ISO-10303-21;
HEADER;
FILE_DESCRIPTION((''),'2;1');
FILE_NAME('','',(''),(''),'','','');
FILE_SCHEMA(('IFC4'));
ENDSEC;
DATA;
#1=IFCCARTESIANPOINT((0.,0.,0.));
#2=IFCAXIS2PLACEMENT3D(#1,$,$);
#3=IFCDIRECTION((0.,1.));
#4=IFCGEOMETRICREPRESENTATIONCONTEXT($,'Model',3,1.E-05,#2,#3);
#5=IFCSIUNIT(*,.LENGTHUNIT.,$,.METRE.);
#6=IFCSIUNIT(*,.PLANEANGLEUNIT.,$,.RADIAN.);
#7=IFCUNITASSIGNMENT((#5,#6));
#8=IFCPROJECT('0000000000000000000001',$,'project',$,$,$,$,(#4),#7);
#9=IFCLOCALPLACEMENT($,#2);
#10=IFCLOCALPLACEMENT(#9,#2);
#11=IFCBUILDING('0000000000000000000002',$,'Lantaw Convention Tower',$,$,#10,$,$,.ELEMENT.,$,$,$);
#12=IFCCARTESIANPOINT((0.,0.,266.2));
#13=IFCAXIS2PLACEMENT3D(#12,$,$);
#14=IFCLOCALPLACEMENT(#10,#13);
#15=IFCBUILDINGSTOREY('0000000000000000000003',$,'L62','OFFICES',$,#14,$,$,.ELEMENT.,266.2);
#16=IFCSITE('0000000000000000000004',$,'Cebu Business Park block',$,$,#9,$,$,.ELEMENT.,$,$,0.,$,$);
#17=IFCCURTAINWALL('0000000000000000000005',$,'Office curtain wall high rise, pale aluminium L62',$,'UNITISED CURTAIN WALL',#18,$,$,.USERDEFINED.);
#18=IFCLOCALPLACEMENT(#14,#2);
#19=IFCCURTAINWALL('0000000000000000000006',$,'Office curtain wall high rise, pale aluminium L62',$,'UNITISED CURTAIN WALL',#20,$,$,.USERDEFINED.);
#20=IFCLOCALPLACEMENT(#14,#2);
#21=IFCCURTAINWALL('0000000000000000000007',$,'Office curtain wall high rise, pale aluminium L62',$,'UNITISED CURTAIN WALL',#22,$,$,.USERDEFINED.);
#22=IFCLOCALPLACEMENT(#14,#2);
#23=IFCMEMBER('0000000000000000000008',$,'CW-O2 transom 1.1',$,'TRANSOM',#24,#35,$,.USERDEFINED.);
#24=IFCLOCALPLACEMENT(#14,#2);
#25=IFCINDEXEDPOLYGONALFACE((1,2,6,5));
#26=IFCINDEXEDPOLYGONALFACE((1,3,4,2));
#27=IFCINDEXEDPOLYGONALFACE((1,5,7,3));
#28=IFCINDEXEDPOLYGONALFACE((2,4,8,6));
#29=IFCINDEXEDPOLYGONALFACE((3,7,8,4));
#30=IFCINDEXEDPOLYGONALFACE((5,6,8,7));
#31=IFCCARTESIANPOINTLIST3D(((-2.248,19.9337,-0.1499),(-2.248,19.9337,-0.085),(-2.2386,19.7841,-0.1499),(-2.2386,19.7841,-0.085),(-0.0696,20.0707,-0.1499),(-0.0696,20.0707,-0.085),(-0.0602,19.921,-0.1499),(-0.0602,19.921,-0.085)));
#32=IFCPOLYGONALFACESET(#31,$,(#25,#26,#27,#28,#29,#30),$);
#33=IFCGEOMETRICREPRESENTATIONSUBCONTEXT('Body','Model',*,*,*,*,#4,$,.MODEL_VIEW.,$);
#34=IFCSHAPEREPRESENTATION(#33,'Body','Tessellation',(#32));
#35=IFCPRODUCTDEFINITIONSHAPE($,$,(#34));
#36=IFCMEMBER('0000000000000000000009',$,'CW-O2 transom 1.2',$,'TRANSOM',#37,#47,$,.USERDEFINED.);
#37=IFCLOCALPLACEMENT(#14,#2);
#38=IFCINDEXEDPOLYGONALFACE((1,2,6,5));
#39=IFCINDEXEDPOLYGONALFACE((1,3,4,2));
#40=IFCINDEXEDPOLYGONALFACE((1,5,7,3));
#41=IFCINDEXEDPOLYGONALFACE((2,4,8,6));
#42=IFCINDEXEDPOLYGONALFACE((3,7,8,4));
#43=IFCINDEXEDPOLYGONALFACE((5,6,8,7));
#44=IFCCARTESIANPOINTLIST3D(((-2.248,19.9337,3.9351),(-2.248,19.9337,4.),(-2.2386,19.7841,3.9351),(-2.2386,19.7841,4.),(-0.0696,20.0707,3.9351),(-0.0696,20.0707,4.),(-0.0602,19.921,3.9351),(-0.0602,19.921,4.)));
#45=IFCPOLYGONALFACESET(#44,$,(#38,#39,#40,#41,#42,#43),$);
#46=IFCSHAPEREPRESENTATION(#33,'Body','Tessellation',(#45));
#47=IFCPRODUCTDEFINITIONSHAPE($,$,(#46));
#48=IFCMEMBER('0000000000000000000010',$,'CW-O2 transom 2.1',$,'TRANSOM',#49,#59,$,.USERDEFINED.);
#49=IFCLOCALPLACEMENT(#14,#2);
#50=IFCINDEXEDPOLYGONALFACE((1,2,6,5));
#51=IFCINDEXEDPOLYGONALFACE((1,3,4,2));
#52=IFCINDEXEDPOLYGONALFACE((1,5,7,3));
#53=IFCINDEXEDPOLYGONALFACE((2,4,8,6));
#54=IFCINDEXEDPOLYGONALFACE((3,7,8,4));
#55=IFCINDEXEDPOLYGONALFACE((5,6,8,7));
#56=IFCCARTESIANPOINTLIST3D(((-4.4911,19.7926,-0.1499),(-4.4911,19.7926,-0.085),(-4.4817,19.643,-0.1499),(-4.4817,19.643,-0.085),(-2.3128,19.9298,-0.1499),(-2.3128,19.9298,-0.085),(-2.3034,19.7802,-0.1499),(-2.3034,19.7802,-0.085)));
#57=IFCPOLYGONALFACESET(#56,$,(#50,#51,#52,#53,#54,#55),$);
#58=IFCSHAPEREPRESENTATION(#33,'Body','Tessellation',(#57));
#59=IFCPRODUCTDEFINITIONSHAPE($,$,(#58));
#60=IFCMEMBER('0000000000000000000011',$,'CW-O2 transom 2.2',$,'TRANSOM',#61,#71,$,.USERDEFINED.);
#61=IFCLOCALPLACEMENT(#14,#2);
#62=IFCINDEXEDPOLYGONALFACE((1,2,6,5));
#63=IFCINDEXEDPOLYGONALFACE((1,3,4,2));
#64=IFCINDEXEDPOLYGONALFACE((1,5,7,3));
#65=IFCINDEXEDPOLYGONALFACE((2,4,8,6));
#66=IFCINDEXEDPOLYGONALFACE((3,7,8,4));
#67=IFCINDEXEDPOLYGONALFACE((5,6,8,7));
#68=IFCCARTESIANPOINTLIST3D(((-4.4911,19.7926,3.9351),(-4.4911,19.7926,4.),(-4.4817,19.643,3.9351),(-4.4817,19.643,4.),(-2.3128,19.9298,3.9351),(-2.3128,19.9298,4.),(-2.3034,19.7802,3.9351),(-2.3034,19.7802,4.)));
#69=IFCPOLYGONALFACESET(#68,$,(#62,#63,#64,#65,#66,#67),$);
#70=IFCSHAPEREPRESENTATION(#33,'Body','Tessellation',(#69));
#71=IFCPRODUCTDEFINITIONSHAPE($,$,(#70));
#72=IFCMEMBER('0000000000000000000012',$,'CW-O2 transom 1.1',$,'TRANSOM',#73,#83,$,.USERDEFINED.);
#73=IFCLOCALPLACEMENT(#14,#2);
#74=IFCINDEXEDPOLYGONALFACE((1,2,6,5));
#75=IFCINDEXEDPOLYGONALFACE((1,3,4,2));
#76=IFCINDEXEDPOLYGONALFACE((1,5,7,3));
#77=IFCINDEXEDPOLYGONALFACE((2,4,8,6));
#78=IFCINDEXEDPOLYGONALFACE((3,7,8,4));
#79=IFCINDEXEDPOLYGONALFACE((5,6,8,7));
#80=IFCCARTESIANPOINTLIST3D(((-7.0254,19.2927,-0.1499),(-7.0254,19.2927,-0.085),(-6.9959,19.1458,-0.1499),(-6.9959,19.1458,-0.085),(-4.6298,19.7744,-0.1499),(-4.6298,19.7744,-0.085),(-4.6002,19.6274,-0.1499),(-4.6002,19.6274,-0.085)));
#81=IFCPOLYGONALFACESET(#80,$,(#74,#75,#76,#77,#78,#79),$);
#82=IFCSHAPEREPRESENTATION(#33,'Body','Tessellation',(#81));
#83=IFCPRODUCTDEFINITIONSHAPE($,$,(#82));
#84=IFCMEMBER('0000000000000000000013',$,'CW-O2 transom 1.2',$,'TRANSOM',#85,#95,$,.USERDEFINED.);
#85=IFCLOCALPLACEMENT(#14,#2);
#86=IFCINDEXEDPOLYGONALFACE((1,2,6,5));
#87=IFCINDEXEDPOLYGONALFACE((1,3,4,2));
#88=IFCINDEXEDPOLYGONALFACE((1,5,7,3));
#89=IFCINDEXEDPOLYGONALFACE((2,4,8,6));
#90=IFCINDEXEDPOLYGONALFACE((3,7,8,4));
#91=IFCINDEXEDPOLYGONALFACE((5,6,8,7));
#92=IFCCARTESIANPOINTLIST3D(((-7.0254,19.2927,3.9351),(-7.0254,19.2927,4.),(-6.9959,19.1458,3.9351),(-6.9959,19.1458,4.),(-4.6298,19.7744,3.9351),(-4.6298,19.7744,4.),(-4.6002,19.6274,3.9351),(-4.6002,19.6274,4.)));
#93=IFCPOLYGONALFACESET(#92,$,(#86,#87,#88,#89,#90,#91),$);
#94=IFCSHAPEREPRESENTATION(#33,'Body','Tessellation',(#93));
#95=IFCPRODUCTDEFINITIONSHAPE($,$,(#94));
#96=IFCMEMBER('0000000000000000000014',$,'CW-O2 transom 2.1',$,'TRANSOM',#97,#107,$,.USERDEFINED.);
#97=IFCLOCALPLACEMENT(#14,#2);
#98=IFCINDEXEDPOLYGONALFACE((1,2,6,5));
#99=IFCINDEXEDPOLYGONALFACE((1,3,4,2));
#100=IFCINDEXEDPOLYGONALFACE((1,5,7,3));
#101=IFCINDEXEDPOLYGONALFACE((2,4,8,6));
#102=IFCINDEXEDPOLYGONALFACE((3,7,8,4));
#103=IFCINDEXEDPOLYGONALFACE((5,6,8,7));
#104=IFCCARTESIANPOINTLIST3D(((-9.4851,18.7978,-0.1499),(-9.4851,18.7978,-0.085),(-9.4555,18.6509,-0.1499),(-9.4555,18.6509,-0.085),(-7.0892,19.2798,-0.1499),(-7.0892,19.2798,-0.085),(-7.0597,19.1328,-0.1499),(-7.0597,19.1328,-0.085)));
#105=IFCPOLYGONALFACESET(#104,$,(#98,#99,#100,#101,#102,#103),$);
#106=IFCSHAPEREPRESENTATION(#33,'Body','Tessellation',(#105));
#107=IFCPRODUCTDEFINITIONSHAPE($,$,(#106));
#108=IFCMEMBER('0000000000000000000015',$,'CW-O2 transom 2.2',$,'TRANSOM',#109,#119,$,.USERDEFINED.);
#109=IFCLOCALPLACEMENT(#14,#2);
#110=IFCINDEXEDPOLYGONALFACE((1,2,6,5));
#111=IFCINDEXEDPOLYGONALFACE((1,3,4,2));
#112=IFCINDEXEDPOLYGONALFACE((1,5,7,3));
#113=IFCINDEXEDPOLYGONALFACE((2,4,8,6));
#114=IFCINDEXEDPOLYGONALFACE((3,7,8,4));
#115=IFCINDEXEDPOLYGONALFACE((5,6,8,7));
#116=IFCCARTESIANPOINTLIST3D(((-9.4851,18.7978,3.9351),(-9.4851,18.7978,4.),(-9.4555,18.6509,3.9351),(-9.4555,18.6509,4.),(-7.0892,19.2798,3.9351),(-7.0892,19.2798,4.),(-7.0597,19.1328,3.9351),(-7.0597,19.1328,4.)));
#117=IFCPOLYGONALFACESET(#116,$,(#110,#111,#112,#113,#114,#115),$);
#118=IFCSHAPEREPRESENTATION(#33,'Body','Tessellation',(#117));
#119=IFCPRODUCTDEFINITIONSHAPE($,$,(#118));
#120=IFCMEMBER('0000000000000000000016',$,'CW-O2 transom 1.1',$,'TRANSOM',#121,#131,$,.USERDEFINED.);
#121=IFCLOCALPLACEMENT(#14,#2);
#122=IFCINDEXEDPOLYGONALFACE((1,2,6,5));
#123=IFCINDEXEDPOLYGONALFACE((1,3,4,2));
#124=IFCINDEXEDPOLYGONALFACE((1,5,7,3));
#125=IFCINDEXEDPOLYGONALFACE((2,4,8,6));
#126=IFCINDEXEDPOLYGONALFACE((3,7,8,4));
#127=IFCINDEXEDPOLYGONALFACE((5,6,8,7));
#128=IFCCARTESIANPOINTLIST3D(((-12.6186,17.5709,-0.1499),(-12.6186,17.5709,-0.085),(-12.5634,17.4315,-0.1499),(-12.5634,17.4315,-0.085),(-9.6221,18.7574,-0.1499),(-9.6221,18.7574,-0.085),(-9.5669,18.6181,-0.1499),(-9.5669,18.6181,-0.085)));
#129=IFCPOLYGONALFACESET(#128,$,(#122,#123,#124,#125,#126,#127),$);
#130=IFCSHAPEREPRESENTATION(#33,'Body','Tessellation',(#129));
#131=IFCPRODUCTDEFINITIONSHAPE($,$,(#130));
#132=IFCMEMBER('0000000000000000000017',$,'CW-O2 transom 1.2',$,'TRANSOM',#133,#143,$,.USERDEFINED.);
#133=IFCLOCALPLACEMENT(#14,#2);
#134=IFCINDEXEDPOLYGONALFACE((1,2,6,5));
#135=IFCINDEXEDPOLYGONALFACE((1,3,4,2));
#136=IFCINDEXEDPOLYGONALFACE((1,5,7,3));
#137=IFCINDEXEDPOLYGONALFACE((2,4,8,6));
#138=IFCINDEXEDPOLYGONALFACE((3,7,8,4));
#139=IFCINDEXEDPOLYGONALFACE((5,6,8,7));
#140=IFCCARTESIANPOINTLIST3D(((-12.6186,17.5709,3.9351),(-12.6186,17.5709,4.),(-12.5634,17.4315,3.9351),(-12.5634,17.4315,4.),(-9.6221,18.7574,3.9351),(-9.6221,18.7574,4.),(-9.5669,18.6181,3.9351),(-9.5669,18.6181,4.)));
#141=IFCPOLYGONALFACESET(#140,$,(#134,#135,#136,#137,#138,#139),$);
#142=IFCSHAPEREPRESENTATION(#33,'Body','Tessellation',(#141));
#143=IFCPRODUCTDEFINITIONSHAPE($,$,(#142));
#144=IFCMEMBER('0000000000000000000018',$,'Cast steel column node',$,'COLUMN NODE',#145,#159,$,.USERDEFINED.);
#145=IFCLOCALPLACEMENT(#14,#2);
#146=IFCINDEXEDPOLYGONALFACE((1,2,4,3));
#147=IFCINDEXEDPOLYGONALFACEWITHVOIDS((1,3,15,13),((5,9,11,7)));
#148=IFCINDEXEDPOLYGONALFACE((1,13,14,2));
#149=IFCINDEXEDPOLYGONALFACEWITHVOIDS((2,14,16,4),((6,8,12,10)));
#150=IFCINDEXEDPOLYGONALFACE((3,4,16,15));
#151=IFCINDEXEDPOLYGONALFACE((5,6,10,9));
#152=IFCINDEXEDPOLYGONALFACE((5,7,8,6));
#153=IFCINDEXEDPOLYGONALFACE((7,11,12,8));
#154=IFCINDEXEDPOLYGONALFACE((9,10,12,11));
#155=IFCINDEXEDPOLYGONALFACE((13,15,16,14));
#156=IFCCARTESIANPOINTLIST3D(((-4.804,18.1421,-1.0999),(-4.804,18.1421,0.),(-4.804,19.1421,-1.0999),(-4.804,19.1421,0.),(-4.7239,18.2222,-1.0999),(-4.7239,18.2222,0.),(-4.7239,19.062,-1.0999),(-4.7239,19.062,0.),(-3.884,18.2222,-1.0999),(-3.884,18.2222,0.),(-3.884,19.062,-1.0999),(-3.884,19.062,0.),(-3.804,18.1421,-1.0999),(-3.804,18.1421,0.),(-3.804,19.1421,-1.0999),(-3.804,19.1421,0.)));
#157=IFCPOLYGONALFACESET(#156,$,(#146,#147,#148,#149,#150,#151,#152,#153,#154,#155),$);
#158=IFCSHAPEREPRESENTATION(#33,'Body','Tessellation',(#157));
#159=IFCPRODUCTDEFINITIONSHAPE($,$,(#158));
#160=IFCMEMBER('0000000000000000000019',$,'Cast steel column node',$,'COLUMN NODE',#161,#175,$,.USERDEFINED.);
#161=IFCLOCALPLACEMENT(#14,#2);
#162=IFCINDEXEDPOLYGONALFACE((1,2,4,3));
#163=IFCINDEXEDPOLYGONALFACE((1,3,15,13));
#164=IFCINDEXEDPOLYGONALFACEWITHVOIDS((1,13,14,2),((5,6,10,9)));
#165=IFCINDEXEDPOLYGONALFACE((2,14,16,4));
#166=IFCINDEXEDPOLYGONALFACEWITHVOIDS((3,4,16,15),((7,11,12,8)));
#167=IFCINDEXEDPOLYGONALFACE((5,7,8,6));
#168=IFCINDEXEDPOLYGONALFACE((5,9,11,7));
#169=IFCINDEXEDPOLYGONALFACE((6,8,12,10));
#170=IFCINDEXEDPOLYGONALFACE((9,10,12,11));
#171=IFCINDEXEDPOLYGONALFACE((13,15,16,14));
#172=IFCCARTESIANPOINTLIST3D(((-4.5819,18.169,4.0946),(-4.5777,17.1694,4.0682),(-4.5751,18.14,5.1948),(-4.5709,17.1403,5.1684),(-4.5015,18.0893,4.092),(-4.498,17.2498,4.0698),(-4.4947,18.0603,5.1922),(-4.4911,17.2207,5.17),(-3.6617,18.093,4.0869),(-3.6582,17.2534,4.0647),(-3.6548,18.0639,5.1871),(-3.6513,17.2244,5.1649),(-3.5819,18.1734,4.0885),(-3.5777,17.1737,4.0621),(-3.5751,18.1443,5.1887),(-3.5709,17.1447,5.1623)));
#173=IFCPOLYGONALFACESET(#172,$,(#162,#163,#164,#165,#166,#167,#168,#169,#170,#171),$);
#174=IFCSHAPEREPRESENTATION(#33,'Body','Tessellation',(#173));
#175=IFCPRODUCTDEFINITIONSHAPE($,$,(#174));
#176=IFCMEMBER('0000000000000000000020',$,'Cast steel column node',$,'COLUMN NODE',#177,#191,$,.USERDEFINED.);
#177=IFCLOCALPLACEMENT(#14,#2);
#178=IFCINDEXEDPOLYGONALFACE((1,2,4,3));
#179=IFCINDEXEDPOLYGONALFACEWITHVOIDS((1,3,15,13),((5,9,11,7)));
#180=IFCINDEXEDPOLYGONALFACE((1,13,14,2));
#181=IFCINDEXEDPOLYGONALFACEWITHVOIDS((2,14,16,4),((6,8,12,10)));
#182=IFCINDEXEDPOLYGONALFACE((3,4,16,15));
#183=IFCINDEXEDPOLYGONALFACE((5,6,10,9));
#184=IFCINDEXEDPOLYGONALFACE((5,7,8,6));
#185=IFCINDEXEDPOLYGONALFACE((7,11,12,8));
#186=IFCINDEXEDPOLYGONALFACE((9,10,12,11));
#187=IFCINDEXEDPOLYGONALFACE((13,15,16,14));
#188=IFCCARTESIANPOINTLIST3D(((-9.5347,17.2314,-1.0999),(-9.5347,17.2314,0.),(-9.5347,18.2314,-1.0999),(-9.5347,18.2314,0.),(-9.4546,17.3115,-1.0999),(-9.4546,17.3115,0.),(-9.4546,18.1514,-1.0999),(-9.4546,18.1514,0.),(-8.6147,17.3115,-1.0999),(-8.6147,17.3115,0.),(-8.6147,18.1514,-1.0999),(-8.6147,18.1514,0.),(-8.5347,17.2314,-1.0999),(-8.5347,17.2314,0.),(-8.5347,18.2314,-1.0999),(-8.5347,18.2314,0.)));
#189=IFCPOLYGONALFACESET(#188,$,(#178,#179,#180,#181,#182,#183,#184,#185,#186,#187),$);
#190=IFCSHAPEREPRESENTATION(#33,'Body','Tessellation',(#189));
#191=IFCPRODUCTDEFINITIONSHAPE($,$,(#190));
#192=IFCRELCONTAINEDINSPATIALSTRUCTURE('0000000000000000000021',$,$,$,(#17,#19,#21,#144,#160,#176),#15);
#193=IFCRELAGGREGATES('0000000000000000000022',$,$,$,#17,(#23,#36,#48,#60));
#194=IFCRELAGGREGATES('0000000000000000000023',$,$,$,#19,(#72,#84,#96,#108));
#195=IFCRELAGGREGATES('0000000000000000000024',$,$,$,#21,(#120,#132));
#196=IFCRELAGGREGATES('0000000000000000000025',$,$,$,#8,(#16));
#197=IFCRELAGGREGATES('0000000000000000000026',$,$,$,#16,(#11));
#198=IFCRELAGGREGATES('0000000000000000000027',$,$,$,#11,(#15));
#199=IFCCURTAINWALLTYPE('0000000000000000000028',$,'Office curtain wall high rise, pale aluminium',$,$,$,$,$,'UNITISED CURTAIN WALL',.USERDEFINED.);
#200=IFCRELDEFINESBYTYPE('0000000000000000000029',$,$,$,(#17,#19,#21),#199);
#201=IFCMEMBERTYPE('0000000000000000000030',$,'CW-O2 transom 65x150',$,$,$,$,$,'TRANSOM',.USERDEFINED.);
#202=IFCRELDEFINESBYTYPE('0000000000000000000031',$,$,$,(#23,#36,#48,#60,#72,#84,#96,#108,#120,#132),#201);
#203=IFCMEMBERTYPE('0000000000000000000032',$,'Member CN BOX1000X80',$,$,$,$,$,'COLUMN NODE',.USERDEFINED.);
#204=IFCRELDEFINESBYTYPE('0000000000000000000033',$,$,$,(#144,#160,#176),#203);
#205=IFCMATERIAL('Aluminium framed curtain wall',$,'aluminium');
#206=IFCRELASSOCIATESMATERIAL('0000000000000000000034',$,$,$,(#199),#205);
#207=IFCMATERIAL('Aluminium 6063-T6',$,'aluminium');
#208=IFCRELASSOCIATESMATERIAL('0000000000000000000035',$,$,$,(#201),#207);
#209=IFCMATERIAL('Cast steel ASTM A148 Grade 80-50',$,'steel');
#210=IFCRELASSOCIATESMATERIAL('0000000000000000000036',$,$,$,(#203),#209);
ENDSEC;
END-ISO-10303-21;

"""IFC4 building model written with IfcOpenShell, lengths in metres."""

from ifc_helpers import new_model, si_unit, direction, frame, origin, origin_2d, place, context, subcontext, project, spatial, rectangle, hollow_rectangle, extrude, material, material_profile, profile_set, type_object, element, aggregate, save


model = new_model("IFC4")

# Units and contexts
model_context = context("Model", 3, precision=1e-05, world=origin(), true_north=direction((0.0, 1.0)))
body_context = subcontext(model_context, "Body", "Model", "MODEL_VIEW")
ifc_project = project(units=[si_unit("LENGTHUNIT", "METRE"), si_unit("PLANEANGLEUNIT", "RADIAN")], contexts=[model_context])

# Site, building, storey
site_placement = place(None, origin())
site = spatial("IfcSite", under=ifc_project, at=site_placement, Name="Cebu Business Park block", CompositionType="ELEMENT", RefElevation=0.0)
building_placement = place(site_placement, origin())
building = spatial("IfcBuilding", under=site, at=building_placement, Name="Lantaw Convention Tower", CompositionType="ELEMENT")
storey_placement = place(building_placement, frame((0.0, 0.0, 266.2)))
storey = spatial("IfcBuildingStorey", under=building, at=storey_placement, Name="L62", Description="OFFICES", CompositionType="ELEMENT", Elevation=266.2)

# Curtain walls
ifc_material_1 = material(Name="Aluminium framed curtain wall", Category="aluminium")
curtain_wall_type = type_object("IfcCurtainWallType", Name="Office curtain wall high rise, pale aluminium", ElementType="UNITISED CURTAIN WALL", PredefinedType="USERDEFINED", material=ifc_material_1)
curtain_wall_1_placement = place(storey_placement, origin())
curtain_wall_1 = element("IfcCurtainWall", 1, at=curtain_wall_1_placement, inside=storey, type_object=curtain_wall_type, Name="Office curtain wall high rise, pale aluminium L62", ObjectType="UNITISED CURTAIN WALL", PredefinedType="USERDEFINED")
ifc_material_2 = material(Name="Aluminium 6063-T6", Category="aluminium")
curtain_wall_2_placement = place(storey_placement, origin())
curtain_wall_2 = element("IfcCurtainWall", 2, at=curtain_wall_2_placement, inside=storey, type_object=curtain_wall_type, Name="Office curtain wall high rise, pale aluminium L62", ObjectType="UNITISED CURTAIN WALL", PredefinedType="USERDEFINED")

# Curtain wall
curtain_wall_3_placement = place(storey_placement, origin())
curtain_wall_3 = element("IfcCurtainWall", 3, at=curtain_wall_3_placement, inside=storey, type_object=curtain_wall_type, Name="Office curtain wall high rise, pale aluminium L62", ObjectType="UNITISED CURTAIN WALL", PredefinedType="USERDEFINED")

# Members
ifc_material_profile_1 = material_profile(ifc_material_2, rectangle(XDim=0.1499, YDim=0.0649, at=origin_2d()), Name="CW-O2 transom 65x150")
ifc_profile_set_1 = profile_set([ifc_material_profile_1], Name="Aluminium 6063-T6")
member_type_1 = type_object("IfcMemberType", Name="CW-O2 transom 65x150", ElementType="TRANSOM", PredefinedType="USERDEFINED", material=ifc_profile_set_1)
member_1_placement = place(storey_placement, frame((-0.0649, 19.9958, -0.1174), z_axis=(-0.998029, -0.062754, 0.0), x_axis=(0.062754, -0.998029, 0.0)))
member_1 = element("IfcMember", 4, at=member_1_placement, type_object=member_type_1, Name="CW-O2 transom 1.1", ObjectType="TRANSOM", PredefinedType="USERDEFINED", context=body_context, shape_type="SweptSolid", body=[
    extrude(rectangle(XDim=0.1499, YDim=0.0649, at=origin_2d()), origin(), (0.0, 0.0, 1.0), 2.1826),
])
member_2_placement = place(storey_placement, frame((-0.0649, 19.9958, 3.9675), z_axis=(-0.998029, -0.062754, 0.0), x_axis=(0.062754, -0.998029, 0.0)))
member_2 = element("IfcMember", 5, at=member_2_placement, type_object=member_type_1, Name="CW-O2 transom 1.2", ObjectType="TRANSOM", PredefinedType="USERDEFINED", context=body_context, shape_type="SweptSolid", body=[
    extrude(rectangle(XDim=0.1499, YDim=0.0649, at=origin_2d()), origin(), (0.0, 0.0, 1.0), 2.1826),
])
member_3_placement = place(storey_placement, frame((-2.3081, 19.855, -0.1174), z_axis=(-0.998022, -0.062866, 0.0), x_axis=(0.062866, -0.998022, 0.0)))
member_3 = element("IfcMember", 6, at=member_3_placement, type_object=member_type_1, Name="CW-O2 transom 2.1", ObjectType="TRANSOM", PredefinedType="USERDEFINED", context=body_context, shape_type="SweptSolid", body=[
    extrude(rectangle(XDim=0.1499, YDim=0.0649, at=origin_2d()), origin(), (0.0, 0.0, 1.0), 2.1826),
])
member_4_placement = place(storey_placement, frame((-2.3081, 19.855, 3.9675), z_axis=(-0.998022, -0.062866, 0.0), x_axis=(0.062866, -0.998022, 0.0)))
member_4 = element("IfcMember", 7, at=member_4_placement, type_object=member_type_1, Name="CW-O2 transom 2.2", ObjectType="TRANSOM", PredefinedType="USERDEFINED", context=body_context, shape_type="SweptSolid", body=[
    extrude(rectangle(XDim=0.1499, YDim=0.0649, at=origin_2d()), origin(), (0.0, 0.0, 1.0), 2.1826),
])
member_5_placement = place(storey_placement, frame((-4.615, 19.7009, -0.1174), z_axis=(-0.98038, -0.197115, 0.0), x_axis=(0.197115, -0.98038, 0.0)))
member_5 = element("IfcMember", 8, at=member_5_placement, type_object=member_type_1, Name="CW-O2 transom 1.1", ObjectType="TRANSOM", PredefinedType="USERDEFINED", context=body_context, shape_type="SweptSolid", body=[
    extrude(rectangle(XDim=0.1499, YDim=0.0649, at=origin_2d()), origin(), (0.0, 0.0, 1.0), 2.4436),
])
member_6_placement = place(storey_placement, frame((-4.615, 19.7009, 3.9675), z_axis=(-0.98038, -0.197115, 0.0), x_axis=(0.197115, -0.98038, 0.0)))
member_6 = element("IfcMember", 9, at=member_6_placement, type_object=member_type_1, Name="CW-O2 transom 1.2", ObjectType="TRANSOM", PredefinedType="USERDEFINED", context=body_context, shape_type="SweptSolid", body=[
    extrude(rectangle(XDim=0.1499, YDim=0.0649, at=origin_2d()), origin(), (0.0, 0.0, 1.0), 2.4436),
])
member_7_placement = place(storey_placement, frame((-7.0745, 19.2063, -0.1174), z_axis=(-0.980361, -0.197211, 0.0), x_axis=(0.197211, -0.980361, 0.0)))
member_7 = element("IfcMember", 10, at=member_7_placement, type_object=member_type_1, Name="CW-O2 transom 2.1", ObjectType="TRANSOM", PredefinedType="USERDEFINED", context=body_context, shape_type="SweptSolid", body=[
    extrude(rectangle(XDim=0.1499, YDim=0.0649, at=origin_2d()), origin(), (0.0, 0.0, 1.0), 2.4438),
])
member_8_placement = place(storey_placement, frame((-7.0745, 19.2063, 3.9675), z_axis=(-0.980361, -0.197211, 0.0), x_axis=(0.197211, -0.980361, 0.0)))
member_8 = element("IfcMember", 11, at=member_8_placement, type_object=member_type_1, Name="CW-O2 transom 2.2", ObjectType="TRANSOM", PredefinedType="USERDEFINED", context=body_context, shape_type="SweptSolid", body=[
    extrude(rectangle(XDim=0.1499, YDim=0.0649, at=origin_2d()), origin(), (0.0, 0.0, 1.0), 2.4438),
])
member_9_placement = place(storey_placement, frame((-9.5945, 18.6877, -0.1174), z_axis=(-0.929767, -0.368149, 0.0), x_axis=(0.368149, -0.929767, 0.0)))
member_9 = element("IfcMember", 12, at=member_9_placement, type_object=member_type_1, Name="CW-O2 transom 1.1", ObjectType="TRANSOM", PredefinedType="USERDEFINED", context=body_context, shape_type="SweptSolid", body=[
    extrude(rectangle(XDim=0.1499, YDim=0.0649, at=origin_2d()), origin(), (0.0, 0.0, 1.0), 3.2229),
])
member_10_placement = place(storey_placement, frame((-9.5945, 18.6877, 3.9675), z_axis=(-0.929767, -0.368149, 0.0), x_axis=(0.368149, -0.929767, 0.0)))
member_10 = element("IfcMember", 13, at=member_10_placement, type_object=member_type_1, Name="CW-O2 transom 1.2", ObjectType="TRANSOM", PredefinedType="USERDEFINED", context=body_context, shape_type="SweptSolid", body=[
    extrude(rectangle(XDim=0.1499, YDim=0.0649, at=origin_2d()), origin(), (0.0, 0.0, 1.0), 3.2229),
])

# Members
ifc_material_3 = material(Name="Cast steel ASTM A148 Grade 80-50", Category="steel")
ifc_material_profile_2 = material_profile(ifc_material_3, hollow_rectangle(XDim=1.0, YDim=1.0, WallThickness=0.0801, at=origin_2d()), Name="BOX1000X80")
ifc_profile_set_2 = profile_set([ifc_material_profile_2], Name="Cast steel ASTM A148 Grade 80-50")
member_type_2 = type_object("IfcMemberType", Name="Member CN BOX1000X80", ElementType="COLUMN NODE", PredefinedType="USERDEFINED", material=ifc_profile_set_2)
member_11_placement = place(storey_placement, frame((-4.304, 18.6421, -1.0999), z_axis=(0.0, 0.0, 1.0), x_axis=(1.0, 0.0, 0.0)))
element("IfcMember", 14, at=member_11_placement, inside=storey, type_object=member_type_2, Name="Cast steel column node", ObjectType="COLUMN NODE", PredefinedType="USERDEFINED", context=body_context, shape_type="SweptSolid", body=[
    extrude(hollow_rectangle(XDim=1.0, YDim=1.0, WallThickness=0.0801, at=origin_2d()), origin(), (0.0, 0.0, 1.0), 1.0999),
])
member_12_placement = place(storey_placement, frame((-4.0798, 17.6714, 4.0784), z_axis=(0.006212, -0.0264, 0.999632), x_axis=(0.999972, 0.004359, -0.006099)))
element("IfcMember", 15, at=member_12_placement, inside=storey, type_object=member_type_2, Name="Cast steel column node", ObjectType="COLUMN NODE", PredefinedType="USERDEFINED", context=body_context, shape_type="SweptSolid", body=[
    extrude(hollow_rectangle(XDim=1.0, YDim=1.0, WallThickness=0.0801, at=origin_2d()), origin(), (0.0, 0.0, 1.0), 1.1006),
])
member_13_placement = place(storey_placement, frame((-9.0347, 17.7314, -1.0999), z_axis=(0.0, 0.0, 1.0), x_axis=(1.0, 0.0, 0.0)))
element("IfcMember", 16, at=member_13_placement, inside=storey, type_object=member_type_2, Name="Cast steel column node", ObjectType="COLUMN NODE", PredefinedType="USERDEFINED", context=body_context, shape_type="SweptSolid", body=[
    extrude(hollow_rectangle(XDim=1.0, YDim=1.0, WallThickness=0.0801, at=origin_2d()), origin(), (0.0, 0.0, 1.0), 1.0999),
])

aggregate(curtain_wall_1, [member_1, member_2, member_3, member_4])
aggregate(curtain_wall_2, [member_5, member_6, member_7, member_8])
aggregate(curtain_wall_3, [member_9, member_10])

save(model, "model.ifc")
